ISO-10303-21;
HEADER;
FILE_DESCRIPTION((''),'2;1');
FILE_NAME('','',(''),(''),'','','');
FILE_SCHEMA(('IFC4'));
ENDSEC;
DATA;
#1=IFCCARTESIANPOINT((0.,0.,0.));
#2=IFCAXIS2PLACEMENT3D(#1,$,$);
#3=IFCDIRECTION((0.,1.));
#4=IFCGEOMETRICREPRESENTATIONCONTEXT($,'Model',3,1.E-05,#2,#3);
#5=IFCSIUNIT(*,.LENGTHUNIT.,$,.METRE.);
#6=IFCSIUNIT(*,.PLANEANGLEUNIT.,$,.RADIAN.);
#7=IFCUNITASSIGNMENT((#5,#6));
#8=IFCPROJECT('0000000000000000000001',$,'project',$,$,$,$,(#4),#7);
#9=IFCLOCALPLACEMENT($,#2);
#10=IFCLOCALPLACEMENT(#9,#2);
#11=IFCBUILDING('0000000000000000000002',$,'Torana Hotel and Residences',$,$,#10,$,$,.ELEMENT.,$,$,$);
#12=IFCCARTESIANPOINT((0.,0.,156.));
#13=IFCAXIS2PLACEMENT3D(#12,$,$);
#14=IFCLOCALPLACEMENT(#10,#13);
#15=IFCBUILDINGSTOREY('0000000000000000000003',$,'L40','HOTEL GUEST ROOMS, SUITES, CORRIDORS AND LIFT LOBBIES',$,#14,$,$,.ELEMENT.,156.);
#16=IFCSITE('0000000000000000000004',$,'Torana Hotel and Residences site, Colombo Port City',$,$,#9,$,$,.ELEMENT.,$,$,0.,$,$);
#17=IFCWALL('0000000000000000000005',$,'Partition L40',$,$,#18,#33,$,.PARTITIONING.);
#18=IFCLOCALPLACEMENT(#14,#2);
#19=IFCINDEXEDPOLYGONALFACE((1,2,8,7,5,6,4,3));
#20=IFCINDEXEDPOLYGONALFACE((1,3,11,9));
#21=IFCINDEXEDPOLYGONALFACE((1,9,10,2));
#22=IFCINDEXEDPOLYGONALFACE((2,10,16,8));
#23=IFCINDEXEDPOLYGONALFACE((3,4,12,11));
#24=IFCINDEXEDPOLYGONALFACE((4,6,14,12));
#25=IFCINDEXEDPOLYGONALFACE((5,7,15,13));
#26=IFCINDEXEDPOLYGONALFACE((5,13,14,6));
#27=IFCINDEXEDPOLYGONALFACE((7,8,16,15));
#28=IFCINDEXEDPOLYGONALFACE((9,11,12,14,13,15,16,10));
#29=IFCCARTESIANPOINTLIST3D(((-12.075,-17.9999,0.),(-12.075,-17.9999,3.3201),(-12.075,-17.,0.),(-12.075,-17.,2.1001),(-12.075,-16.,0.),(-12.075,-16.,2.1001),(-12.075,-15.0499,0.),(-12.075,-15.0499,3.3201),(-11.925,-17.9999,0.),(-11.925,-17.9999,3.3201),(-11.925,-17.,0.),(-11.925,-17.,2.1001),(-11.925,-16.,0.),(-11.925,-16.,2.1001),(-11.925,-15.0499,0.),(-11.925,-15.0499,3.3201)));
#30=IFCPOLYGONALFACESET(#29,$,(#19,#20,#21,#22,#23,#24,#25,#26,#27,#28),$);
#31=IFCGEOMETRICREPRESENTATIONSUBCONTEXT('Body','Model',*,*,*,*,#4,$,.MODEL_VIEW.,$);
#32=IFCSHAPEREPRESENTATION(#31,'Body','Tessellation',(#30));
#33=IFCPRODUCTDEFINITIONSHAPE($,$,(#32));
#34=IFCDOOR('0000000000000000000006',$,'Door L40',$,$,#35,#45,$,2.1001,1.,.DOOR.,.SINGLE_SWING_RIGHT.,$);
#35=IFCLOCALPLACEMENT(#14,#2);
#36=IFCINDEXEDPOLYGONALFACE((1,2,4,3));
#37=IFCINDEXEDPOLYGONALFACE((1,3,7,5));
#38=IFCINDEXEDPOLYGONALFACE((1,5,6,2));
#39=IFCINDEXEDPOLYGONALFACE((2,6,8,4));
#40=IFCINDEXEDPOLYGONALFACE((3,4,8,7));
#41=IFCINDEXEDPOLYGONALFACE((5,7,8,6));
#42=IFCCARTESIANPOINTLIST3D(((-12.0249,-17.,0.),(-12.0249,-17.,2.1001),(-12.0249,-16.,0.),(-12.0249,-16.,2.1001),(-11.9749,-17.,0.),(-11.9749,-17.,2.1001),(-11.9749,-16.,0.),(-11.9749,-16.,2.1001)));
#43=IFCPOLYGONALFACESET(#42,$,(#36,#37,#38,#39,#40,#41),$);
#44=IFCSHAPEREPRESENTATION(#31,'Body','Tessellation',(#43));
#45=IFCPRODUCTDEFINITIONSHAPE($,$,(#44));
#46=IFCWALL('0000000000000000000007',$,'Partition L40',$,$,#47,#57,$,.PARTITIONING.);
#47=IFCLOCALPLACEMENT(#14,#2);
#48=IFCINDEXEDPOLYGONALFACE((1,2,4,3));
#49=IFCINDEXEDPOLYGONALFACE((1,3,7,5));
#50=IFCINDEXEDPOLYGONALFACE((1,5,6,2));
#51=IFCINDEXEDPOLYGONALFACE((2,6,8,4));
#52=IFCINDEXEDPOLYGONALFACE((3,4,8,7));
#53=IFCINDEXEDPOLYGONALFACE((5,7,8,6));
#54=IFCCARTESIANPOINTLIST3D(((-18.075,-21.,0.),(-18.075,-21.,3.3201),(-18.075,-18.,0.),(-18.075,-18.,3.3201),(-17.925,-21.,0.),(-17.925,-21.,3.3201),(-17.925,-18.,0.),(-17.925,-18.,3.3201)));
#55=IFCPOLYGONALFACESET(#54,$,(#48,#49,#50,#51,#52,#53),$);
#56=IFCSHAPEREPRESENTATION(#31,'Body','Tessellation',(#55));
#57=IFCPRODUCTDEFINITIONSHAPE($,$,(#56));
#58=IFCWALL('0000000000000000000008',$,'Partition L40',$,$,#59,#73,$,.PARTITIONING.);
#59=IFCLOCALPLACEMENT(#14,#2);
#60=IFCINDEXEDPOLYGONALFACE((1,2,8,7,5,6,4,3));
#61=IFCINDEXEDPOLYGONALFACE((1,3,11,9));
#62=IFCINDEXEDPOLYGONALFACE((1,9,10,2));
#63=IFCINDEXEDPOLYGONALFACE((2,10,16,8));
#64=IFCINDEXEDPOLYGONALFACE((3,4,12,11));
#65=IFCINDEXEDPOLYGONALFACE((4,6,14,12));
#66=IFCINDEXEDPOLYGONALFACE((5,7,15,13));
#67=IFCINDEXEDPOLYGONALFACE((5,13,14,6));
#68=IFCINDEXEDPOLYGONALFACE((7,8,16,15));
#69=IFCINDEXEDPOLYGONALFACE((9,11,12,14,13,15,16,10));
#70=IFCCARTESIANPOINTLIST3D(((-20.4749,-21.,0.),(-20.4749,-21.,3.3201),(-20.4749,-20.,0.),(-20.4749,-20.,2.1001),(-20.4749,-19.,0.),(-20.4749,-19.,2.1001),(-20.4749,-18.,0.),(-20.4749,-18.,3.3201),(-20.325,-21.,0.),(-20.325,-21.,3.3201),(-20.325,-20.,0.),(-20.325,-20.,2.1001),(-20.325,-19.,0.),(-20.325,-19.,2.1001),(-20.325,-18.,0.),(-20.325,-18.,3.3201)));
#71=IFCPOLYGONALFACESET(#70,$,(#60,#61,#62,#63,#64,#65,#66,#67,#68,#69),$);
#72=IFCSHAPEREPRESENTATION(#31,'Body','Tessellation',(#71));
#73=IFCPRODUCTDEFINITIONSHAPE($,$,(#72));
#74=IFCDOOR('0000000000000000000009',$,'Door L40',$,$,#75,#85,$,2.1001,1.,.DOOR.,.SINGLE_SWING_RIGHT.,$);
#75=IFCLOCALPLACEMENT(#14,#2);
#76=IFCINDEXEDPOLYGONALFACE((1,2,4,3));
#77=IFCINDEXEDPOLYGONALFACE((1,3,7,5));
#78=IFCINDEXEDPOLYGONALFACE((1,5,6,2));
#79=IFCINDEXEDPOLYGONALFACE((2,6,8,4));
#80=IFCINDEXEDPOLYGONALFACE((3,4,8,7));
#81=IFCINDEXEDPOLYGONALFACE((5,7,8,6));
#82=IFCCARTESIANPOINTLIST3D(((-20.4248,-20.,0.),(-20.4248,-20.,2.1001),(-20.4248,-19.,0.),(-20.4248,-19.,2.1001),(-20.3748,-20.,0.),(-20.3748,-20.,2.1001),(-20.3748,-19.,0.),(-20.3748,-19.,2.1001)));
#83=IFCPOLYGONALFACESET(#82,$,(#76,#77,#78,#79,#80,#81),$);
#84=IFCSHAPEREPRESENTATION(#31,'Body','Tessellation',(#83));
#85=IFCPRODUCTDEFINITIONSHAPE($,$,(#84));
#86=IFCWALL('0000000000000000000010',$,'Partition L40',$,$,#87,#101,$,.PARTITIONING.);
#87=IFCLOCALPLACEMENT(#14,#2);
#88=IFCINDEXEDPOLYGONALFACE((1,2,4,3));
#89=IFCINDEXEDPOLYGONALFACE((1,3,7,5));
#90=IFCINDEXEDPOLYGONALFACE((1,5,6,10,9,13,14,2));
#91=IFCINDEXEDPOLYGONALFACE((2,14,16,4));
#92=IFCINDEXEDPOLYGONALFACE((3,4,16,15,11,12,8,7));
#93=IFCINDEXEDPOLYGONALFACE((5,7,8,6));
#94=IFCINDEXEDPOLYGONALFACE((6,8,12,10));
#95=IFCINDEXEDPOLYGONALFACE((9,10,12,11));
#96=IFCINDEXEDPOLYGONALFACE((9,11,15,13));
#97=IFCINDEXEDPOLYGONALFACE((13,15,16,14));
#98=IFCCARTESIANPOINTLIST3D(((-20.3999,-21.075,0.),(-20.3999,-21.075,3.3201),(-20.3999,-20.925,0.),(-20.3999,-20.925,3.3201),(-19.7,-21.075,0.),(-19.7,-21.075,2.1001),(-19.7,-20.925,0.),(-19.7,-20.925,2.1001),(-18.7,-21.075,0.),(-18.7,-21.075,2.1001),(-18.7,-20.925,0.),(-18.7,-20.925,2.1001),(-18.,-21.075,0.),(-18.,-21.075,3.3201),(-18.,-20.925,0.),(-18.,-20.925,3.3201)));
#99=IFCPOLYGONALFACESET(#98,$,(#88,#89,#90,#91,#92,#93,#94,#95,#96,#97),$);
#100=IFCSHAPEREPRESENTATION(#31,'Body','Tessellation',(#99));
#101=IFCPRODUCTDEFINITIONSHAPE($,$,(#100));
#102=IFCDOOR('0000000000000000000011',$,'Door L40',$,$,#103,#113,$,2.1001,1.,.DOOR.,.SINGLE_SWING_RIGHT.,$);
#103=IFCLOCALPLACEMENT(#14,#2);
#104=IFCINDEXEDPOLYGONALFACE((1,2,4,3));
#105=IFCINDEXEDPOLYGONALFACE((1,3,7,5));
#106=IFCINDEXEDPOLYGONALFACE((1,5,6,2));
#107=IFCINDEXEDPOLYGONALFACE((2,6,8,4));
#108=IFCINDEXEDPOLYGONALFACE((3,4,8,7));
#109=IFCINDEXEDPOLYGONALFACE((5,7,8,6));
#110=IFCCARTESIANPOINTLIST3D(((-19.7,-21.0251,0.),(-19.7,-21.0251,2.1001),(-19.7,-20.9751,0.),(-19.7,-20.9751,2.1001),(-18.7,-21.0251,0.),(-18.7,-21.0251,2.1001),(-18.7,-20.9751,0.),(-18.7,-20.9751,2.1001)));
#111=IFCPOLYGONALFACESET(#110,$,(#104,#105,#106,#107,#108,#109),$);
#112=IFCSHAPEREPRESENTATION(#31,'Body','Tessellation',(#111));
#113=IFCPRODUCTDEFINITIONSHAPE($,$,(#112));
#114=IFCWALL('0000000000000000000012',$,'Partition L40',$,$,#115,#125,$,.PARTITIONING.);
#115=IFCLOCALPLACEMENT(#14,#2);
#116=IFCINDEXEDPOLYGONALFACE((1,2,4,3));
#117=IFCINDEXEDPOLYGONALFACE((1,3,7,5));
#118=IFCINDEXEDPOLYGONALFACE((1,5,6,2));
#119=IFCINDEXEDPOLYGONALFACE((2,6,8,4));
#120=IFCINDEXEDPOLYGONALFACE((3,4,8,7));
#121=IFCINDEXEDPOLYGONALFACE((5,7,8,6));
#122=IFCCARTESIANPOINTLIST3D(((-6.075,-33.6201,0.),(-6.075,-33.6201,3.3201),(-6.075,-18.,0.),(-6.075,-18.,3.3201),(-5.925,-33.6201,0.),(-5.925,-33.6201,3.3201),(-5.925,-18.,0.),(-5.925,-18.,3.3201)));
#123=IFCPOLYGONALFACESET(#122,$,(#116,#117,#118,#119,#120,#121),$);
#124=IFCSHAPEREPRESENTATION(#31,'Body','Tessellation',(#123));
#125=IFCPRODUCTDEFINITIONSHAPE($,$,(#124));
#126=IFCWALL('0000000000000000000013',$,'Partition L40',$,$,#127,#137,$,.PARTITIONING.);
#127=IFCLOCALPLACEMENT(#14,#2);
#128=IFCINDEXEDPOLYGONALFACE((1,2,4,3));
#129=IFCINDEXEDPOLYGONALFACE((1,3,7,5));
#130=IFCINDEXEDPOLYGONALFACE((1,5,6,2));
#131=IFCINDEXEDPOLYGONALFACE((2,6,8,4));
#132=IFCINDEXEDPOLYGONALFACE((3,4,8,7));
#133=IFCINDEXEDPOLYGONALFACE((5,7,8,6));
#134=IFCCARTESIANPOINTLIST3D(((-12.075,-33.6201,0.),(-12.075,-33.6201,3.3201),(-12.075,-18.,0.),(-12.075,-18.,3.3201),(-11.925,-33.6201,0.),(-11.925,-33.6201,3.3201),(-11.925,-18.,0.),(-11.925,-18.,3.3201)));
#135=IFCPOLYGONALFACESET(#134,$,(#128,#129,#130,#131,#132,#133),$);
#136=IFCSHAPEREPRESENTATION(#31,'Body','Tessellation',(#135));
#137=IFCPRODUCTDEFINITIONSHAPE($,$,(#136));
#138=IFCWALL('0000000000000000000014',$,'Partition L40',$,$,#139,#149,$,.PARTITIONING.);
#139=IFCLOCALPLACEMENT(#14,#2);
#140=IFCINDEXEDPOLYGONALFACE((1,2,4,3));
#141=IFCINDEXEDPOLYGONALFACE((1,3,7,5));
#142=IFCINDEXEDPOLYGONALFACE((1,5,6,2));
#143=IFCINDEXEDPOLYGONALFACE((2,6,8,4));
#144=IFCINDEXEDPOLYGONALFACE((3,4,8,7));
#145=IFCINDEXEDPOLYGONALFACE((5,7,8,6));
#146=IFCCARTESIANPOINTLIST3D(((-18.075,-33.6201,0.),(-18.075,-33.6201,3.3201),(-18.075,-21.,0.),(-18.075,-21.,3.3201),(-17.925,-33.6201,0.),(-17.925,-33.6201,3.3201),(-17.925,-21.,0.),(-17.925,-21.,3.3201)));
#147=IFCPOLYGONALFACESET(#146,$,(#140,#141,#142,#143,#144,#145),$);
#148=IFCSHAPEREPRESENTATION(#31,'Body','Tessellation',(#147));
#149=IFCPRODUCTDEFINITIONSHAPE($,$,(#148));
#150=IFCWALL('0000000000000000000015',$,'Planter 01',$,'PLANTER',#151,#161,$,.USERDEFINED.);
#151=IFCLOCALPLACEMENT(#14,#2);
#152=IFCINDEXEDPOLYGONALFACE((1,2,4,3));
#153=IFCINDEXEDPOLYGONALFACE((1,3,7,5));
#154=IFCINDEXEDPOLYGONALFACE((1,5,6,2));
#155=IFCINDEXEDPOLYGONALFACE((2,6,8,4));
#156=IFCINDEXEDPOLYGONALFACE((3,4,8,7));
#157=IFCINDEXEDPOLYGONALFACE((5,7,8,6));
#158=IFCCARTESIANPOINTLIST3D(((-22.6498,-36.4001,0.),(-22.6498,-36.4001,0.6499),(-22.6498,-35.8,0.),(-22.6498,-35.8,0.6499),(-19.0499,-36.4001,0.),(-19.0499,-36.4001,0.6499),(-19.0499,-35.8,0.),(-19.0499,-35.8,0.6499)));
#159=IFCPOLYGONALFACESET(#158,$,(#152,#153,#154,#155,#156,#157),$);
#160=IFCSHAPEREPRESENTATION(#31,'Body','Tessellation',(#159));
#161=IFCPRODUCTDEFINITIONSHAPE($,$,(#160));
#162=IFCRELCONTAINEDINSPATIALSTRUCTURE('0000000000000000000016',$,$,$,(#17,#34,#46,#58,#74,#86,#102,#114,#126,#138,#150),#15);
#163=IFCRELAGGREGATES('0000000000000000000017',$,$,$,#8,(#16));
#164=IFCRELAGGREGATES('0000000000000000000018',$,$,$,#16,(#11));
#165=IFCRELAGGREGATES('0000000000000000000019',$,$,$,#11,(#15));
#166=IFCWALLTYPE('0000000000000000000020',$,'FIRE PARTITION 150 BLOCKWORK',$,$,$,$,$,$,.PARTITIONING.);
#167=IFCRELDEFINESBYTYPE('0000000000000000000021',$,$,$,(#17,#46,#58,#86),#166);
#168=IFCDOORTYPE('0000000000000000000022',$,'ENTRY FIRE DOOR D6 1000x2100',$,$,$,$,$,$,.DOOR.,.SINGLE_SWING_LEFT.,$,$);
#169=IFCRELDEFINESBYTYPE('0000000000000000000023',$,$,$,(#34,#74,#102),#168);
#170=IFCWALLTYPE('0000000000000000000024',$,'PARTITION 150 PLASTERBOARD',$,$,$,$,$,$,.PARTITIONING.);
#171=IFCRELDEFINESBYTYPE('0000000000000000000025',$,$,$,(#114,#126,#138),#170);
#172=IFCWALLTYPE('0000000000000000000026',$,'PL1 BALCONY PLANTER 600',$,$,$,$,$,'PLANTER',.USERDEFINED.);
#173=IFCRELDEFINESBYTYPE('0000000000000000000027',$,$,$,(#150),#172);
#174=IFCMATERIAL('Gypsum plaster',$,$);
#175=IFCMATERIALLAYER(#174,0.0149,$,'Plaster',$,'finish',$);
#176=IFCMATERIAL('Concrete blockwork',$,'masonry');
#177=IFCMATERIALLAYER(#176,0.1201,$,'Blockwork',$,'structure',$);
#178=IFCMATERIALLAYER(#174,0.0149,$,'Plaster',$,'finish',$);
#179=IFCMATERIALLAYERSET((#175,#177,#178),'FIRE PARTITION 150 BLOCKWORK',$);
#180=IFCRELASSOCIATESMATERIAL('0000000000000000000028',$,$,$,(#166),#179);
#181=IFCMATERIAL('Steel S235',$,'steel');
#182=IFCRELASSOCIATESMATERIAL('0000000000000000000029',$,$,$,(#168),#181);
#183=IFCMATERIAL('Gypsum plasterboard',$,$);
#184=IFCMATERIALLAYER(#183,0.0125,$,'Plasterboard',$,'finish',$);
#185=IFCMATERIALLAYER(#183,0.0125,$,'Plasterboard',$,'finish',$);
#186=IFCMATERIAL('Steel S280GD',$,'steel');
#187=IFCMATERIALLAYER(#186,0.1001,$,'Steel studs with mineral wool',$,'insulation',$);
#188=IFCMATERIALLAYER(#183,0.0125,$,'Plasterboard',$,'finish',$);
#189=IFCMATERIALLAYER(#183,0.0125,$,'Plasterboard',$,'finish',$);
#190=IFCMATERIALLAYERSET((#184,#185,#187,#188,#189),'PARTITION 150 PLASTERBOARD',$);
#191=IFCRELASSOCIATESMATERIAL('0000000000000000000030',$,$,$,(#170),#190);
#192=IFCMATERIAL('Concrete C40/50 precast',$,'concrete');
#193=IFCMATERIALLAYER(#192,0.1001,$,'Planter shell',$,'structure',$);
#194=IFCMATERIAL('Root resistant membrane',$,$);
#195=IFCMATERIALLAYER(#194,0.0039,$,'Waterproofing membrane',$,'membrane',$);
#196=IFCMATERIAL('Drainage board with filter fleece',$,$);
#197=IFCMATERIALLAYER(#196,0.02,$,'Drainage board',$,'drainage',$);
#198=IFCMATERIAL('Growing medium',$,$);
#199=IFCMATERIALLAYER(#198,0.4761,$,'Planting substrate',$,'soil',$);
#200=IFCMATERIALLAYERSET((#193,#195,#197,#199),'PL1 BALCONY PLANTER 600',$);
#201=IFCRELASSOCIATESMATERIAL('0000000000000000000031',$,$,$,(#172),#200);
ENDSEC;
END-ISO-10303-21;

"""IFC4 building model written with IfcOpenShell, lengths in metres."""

from ifc_helpers import new_model, si_unit, direction, frame, frame_2d, origin, place, context, subcontext, project, spatial, rectangle, extrude, material, layer, layer_set, type_object, element, fill, save


model = new_model("IFC4")

# Units and contexts
model_context = context("Model", 3, precision=1e-05, world=origin(), true_north=direction((0.0, 1.0)))
body_context = subcontext(model_context, "Body", "Model", "MODEL_VIEW")
ifc_project = project(units=[si_unit("LENGTHUNIT", "METRE"), si_unit("PLANEANGLEUNIT", "RADIAN")], contexts=[model_context])

# Site, building, storey
site_placement = place(None, origin())
site = spatial("IfcSite", under=ifc_project, at=site_placement, Name="Torana Hotel and Residences site, Colombo Port City", CompositionType="ELEMENT", RefElevation=0.0)
building_placement = place(site_placement, origin())
building = spatial("IfcBuilding", under=site, at=building_placement, Name="Torana Hotel and Residences", CompositionType="ELEMENT")
storey_placement = place(building_placement, frame((0.0, 0.0, 156.0)))
storey = spatial("IfcBuildingStorey", under=building, at=storey_placement, Name="L40", Description="HOTEL GUEST ROOMS, SUITES, CORRIDORS AND LIFT LOBBIES", CompositionType="ELEMENT", Elevation=156.0)

# Wall, opening, door
ifc_material_1 = material(Name="Gypsum plaster")
ifc_layer_1 = layer(ifc_material_1, 0.0149, Name="Plaster", Category="finish")
ifc_material_2 = material(Name="Concrete blockwork", Category="masonry")
ifc_layer_2 = layer(ifc_material_2, 0.1201, Name="Blockwork", Category="structure")
ifc_layer_3 = layer(ifc_material_1, 0.0149, Name="Plaster", Category="finish")
ifc_layer_set_1 = layer_set([ifc_layer_1, ifc_layer_2, ifc_layer_3], Name="FIRE PARTITION 150 BLOCKWORK")
wall_type_1 = type_object("IfcWallType", Name="FIRE PARTITION 150 BLOCKWORK", PredefinedType="PARTITIONING", material=ifc_layer_set_1)
wall_1_placement = place(storey_placement, frame((-12.0, -18.0, 0.0), z_axis=(0.0, 0.0, 1.0), x_axis=(0.0, 1.0, 0.0)))
wall_1 = element("IfcWall", 1, at=wall_1_placement, inside=storey, type_object=wall_type_1, Name="Partition L40", PredefinedType="PARTITIONING", context=body_context, shape_type="SweptSolid", body=[
    extrude(rectangle(XDim=2.95, YDim=0.1499, at=frame_2d((1.4751, 0.0))), origin(), (0.0, 0.0, 1.0), 3.3201),
])
opening_1_placement = place(wall_1_placement, frame((1.0, 0.0, 0.0)))
opening_1 = element("IfcOpeningElement", 2, at=opening_1_placement, cuts=wall_1, PredefinedType="OPENING", context=body_context, shape_type="SweptSolid", body=[
    extrude(rectangle(XDim=1.0, YDim=2.1001, at=frame_2d((0.5, 1.05))), frame((0.0, 0.085, 0.0), z_axis=(0.0, -1.0, 0.0), x_axis=(1.0, 0.0, 0.0)), (0.0, 0.0, 1.0), 0.1699),
])
ifc_material_3 = material(Name="Steel S235", Category="steel")
door_type_1 = type_object("IfcDoorType", Name="ENTRY FIRE DOOR D6 1000x2100", OperationType="SINGLE_SWING_LEFT", PredefinedType="DOOR", material=ifc_material_3)
door_1_placement = place(opening_1_placement, origin())
door_1 = element("IfcDoor", 3, at=door_1_placement, inside=storey, type_object=door_type_1, Name="Door L40", OperationType="SINGLE_SWING_RIGHT", OverallHeight=2.1001, OverallWidth=1.0, PredefinedType="DOOR", context=body_context, shape_type="SweptSolid", body=[
    extrude(rectangle(XDim=1.0, YDim=2.1001, at=frame_2d((0.5, 1.05))), frame((0.0, 0.0249, 0.0), z_axis=(0.0, -1.0, 0.0), x_axis=(1.0, 0.0, 0.0)), (0.0, 0.0, 1.0), 0.05),
])
fill(opening_1, door_1)

# Wall
wall_2_placement = place(storey_placement, frame((-18.0, -21.0, 0.0), z_axis=(0.0, 0.0, 1.0), x_axis=(0.0, 1.0, 0.0)))
element("IfcWall", 4, at=wall_2_placement, inside=storey, type_object=wall_type_1, Name="Partition L40", PredefinedType="PARTITIONING", context=body_context, shape_type="SweptSolid", body=[
    extrude(rectangle(XDim=3.0, YDim=0.1499, at=frame_2d((1.5, 0.0))), origin(), (0.0, 0.0, 1.0), 3.3201),
])

# Walls, openings, doors
wall_3_placement = place(storey_placement, frame((-20.3999, -21.0, 0.0), z_axis=(0.0, 0.0, 1.0), x_axis=(0.0, 1.0, 0.0)))
wall_3 = element("IfcWall", 5, at=wall_3_placement, inside=storey, type_object=wall_type_1, Name="Partition L40", PredefinedType="PARTITIONING", context=body_context, shape_type="SweptSolid", body=[
    extrude(rectangle(XDim=3.0, YDim=0.1499, at=frame_2d((1.5, 0.0))), origin(), (0.0, 0.0, 1.0), 3.3201),
])
opening_2_placement = place(wall_3_placement, frame((1.0, 0.0, 0.0)))
opening_2 = element("IfcOpeningElement", 6, at=opening_2_placement, cuts=wall_3, PredefinedType="OPENING", context=body_context, shape_type="SweptSolid", body=[
    extrude(rectangle(XDim=1.0, YDim=2.1001, at=frame_2d((0.5, 1.05))), frame((0.0, 0.085, 0.0), z_axis=(0.0, -1.0, 0.0), x_axis=(1.0, 0.0, 0.0)), (0.0, 0.0, 1.0), 0.1699),
])
door_2_placement = place(opening_2_placement, origin())
door_2 = element("IfcDoor", 7, at=door_2_placement, inside=storey, type_object=door_type_1, Name="Door L40", OperationType="SINGLE_SWING_RIGHT", OverallHeight=2.1001, OverallWidth=1.0, PredefinedType="DOOR", context=body_context, shape_type="SweptSolid", body=[
    extrude(rectangle(XDim=1.0, YDim=2.1001, at=frame_2d((0.5, 1.05))), frame((0.0, 0.0249, 0.0), z_axis=(0.0, -1.0, 0.0), x_axis=(1.0, 0.0, 0.0)), (0.0, 0.0, 1.0), 0.05),
])
fill(opening_2, door_2)
wall_4_placement = place(storey_placement, frame((-20.3999, -21.0, 0.0), z_axis=(0.0, 0.0, 1.0), x_axis=(1.0, 0.0, 0.0)))
wall_4 = element("IfcWall", 8, at=wall_4_placement, inside=storey, type_object=wall_type_1, Name="Partition L40", PredefinedType="PARTITIONING", context=body_context, shape_type="SweptSolid", body=[
    extrude(rectangle(XDim=2.3999, YDim=0.1499, at=frame_2d((1.2, 0.0))), origin(), (0.0, 0.0, 1.0), 3.3201),
])
opening_3_placement = place(wall_4_placement, frame((0.7, 0.0, 0.0)))
opening_3 = element("IfcOpeningElement", 9, at=opening_3_placement, cuts=wall_4, PredefinedType="OPENING", context=body_context, shape_type="SweptSolid", body=[
    extrude(rectangle(XDim=1.0, YDim=2.1001, at=frame_2d((0.5, 1.05))), frame((0.0, 0.085, 0.0), z_axis=(0.0, -1.0, 0.0), x_axis=(1.0, 0.0, 0.0)), (0.0, 0.0, 1.0), 0.1699),
])
door_3_placement = place(opening_3_placement, frame((0.5, 0.0, 0.0), z_axis=(0.0, 0.0, 1.0), x_axis=(-1.0, 0.0, 0.0)))
door_3 = element("IfcDoor", 10, at=door_3_placement, inside=storey, type_object=door_type_1, Name="Door L40", OperationType="SINGLE_SWING_RIGHT", OverallHeight=2.1001, OverallWidth=1.0, PredefinedType="DOOR", context=body_context, shape_type="SweptSolid", body=[
    extrude(rectangle(XDim=1.0, YDim=2.1001, at=frame_2d((0.0, 1.05))), frame((0.0, -0.0249, 0.0), z_axis=(0.0, 1.0, 0.0), x_axis=(-1.0, 0.0, 0.0)), (0.0, 0.0, 1.0), 0.05),
])
fill(opening_3, door_3)

# Walls
ifc_material_4 = material(Name="Gypsum plasterboard")
ifc_layer_4 = layer(ifc_material_4, 0.0125, Name="Plasterboard", Category="finish")
ifc_layer_5 = layer(ifc_material_4, 0.0125, Name="Plasterboard", Category="finish")
ifc_material_5 = material(Name="Steel S280GD", Category="steel")
ifc_layer_6 = layer(ifc_material_5, 0.1001, Name="Steel studs with mineral wool", Category="insulation")
ifc_layer_7 = layer(ifc_material_4, 0.0125, Name="Plasterboard", Category="finish")
ifc_layer_8 = layer(ifc_material_4, 0.0125, Name="Plasterboard", Category="finish")
ifc_layer_set_2 = layer_set([ifc_layer_4, ifc_layer_5, ifc_layer_6, ifc_layer_7, ifc_layer_8], Name="PARTITION 150 PLASTERBOARD")
wall_type_2 = type_object("IfcWallType", Name="PARTITION 150 PLASTERBOARD", PredefinedType="PARTITIONING", material=ifc_layer_set_2)
for number, where, z_axis, x_axis, name in (
    (11, (-6.0, -33.6201, 0.0), (0.0, 0.0, 1.0), (0.0, 1.0, 0.0), "Partition L40"),
    (12, (-12.0, -33.6201, 0.0), (0.0, 0.0, 1.0), (0.0, 1.0, 0.0), "Partition L40"),
):
    element("IfcWall", number, at=place(storey_placement, frame(where, z_axis=z_axis, x_axis=x_axis)), inside=storey, type_object=wall_type_2, Name=name, PredefinedType="PARTITIONING", context=body_context, shape_type="SweptSolid", body=[
        extrude(rectangle(XDim=15.6201, YDim=0.1499, at=frame_2d((7.8101, 0.0))), origin(), (0.0, 0.0, 1.0), 3.3201),
    ])
wall_5_placement = place(storey_placement, frame((-18.0, -33.6201, 0.0), z_axis=(0.0, 0.0, 1.0), x_axis=(0.0, 1.0, 0.0)))
element("IfcWall", 13, at=wall_5_placement, inside=storey, type_object=wall_type_2, Name="Partition L40", PredefinedType="PARTITIONING", context=body_context, shape_type="SweptSolid", body=[
    extrude(rectangle(XDim=12.6201, YDim=0.1499, at=frame_2d((6.3101, 0.0))), origin(), (0.0, 0.0, 1.0), 3.3201),
])
ifc_material_6 = material(Name="Concrete C40/50 precast", Category="concrete")
ifc_layer_9 = layer(ifc_material_6, 0.1001, Name="Planter shell", Category="structure")
ifc_material_7 = material(Name="Root resistant membrane")
ifc_layer_10 = layer(ifc_material_7, 0.0039, Name="Waterproofing membrane", Category="membrane")
ifc_material_8 = material(Name="Drainage board with filter fleece")
ifc_layer_11 = layer(ifc_material_8, 0.02, Name="Drainage board", Category="drainage")
ifc_material_9 = material(Name="Growing medium")
ifc_layer_12 = layer(ifc_material_9, 0.4761, Name="Planting substrate", Category="soil")
ifc_layer_set_3 = layer_set([ifc_layer_9, ifc_layer_10, ifc_layer_11, ifc_layer_12], Name="PL1 BALCONY PLANTER 600")
wall_type_3 = type_object("IfcWallType", Name="PL1 BALCONY PLANTER 600", ElementType="PLANTER", PredefinedType="USERDEFINED", material=ifc_layer_set_3)
wall_6_placement = place(storey_placement, frame((-19.05, -36.1001, 0.0), z_axis=(0.0, 0.0, 1.0), x_axis=(-1.0, 0.0, 0.0)))
element("IfcWall", 14, at=wall_6_placement, inside=storey, type_object=wall_type_3, Name="Planter 01", ObjectType="PLANTER", PredefinedType="USERDEFINED", context=body_context, shape_type="SweptSolid", body=[
    extrude(rectangle(XDim=3.5999, YDim=0.6001, at=frame_2d((1.7998, 0.0))), origin(), (0.0, 0.0, 1.0), 0.6499),
])

save(model, "model.ifc")
